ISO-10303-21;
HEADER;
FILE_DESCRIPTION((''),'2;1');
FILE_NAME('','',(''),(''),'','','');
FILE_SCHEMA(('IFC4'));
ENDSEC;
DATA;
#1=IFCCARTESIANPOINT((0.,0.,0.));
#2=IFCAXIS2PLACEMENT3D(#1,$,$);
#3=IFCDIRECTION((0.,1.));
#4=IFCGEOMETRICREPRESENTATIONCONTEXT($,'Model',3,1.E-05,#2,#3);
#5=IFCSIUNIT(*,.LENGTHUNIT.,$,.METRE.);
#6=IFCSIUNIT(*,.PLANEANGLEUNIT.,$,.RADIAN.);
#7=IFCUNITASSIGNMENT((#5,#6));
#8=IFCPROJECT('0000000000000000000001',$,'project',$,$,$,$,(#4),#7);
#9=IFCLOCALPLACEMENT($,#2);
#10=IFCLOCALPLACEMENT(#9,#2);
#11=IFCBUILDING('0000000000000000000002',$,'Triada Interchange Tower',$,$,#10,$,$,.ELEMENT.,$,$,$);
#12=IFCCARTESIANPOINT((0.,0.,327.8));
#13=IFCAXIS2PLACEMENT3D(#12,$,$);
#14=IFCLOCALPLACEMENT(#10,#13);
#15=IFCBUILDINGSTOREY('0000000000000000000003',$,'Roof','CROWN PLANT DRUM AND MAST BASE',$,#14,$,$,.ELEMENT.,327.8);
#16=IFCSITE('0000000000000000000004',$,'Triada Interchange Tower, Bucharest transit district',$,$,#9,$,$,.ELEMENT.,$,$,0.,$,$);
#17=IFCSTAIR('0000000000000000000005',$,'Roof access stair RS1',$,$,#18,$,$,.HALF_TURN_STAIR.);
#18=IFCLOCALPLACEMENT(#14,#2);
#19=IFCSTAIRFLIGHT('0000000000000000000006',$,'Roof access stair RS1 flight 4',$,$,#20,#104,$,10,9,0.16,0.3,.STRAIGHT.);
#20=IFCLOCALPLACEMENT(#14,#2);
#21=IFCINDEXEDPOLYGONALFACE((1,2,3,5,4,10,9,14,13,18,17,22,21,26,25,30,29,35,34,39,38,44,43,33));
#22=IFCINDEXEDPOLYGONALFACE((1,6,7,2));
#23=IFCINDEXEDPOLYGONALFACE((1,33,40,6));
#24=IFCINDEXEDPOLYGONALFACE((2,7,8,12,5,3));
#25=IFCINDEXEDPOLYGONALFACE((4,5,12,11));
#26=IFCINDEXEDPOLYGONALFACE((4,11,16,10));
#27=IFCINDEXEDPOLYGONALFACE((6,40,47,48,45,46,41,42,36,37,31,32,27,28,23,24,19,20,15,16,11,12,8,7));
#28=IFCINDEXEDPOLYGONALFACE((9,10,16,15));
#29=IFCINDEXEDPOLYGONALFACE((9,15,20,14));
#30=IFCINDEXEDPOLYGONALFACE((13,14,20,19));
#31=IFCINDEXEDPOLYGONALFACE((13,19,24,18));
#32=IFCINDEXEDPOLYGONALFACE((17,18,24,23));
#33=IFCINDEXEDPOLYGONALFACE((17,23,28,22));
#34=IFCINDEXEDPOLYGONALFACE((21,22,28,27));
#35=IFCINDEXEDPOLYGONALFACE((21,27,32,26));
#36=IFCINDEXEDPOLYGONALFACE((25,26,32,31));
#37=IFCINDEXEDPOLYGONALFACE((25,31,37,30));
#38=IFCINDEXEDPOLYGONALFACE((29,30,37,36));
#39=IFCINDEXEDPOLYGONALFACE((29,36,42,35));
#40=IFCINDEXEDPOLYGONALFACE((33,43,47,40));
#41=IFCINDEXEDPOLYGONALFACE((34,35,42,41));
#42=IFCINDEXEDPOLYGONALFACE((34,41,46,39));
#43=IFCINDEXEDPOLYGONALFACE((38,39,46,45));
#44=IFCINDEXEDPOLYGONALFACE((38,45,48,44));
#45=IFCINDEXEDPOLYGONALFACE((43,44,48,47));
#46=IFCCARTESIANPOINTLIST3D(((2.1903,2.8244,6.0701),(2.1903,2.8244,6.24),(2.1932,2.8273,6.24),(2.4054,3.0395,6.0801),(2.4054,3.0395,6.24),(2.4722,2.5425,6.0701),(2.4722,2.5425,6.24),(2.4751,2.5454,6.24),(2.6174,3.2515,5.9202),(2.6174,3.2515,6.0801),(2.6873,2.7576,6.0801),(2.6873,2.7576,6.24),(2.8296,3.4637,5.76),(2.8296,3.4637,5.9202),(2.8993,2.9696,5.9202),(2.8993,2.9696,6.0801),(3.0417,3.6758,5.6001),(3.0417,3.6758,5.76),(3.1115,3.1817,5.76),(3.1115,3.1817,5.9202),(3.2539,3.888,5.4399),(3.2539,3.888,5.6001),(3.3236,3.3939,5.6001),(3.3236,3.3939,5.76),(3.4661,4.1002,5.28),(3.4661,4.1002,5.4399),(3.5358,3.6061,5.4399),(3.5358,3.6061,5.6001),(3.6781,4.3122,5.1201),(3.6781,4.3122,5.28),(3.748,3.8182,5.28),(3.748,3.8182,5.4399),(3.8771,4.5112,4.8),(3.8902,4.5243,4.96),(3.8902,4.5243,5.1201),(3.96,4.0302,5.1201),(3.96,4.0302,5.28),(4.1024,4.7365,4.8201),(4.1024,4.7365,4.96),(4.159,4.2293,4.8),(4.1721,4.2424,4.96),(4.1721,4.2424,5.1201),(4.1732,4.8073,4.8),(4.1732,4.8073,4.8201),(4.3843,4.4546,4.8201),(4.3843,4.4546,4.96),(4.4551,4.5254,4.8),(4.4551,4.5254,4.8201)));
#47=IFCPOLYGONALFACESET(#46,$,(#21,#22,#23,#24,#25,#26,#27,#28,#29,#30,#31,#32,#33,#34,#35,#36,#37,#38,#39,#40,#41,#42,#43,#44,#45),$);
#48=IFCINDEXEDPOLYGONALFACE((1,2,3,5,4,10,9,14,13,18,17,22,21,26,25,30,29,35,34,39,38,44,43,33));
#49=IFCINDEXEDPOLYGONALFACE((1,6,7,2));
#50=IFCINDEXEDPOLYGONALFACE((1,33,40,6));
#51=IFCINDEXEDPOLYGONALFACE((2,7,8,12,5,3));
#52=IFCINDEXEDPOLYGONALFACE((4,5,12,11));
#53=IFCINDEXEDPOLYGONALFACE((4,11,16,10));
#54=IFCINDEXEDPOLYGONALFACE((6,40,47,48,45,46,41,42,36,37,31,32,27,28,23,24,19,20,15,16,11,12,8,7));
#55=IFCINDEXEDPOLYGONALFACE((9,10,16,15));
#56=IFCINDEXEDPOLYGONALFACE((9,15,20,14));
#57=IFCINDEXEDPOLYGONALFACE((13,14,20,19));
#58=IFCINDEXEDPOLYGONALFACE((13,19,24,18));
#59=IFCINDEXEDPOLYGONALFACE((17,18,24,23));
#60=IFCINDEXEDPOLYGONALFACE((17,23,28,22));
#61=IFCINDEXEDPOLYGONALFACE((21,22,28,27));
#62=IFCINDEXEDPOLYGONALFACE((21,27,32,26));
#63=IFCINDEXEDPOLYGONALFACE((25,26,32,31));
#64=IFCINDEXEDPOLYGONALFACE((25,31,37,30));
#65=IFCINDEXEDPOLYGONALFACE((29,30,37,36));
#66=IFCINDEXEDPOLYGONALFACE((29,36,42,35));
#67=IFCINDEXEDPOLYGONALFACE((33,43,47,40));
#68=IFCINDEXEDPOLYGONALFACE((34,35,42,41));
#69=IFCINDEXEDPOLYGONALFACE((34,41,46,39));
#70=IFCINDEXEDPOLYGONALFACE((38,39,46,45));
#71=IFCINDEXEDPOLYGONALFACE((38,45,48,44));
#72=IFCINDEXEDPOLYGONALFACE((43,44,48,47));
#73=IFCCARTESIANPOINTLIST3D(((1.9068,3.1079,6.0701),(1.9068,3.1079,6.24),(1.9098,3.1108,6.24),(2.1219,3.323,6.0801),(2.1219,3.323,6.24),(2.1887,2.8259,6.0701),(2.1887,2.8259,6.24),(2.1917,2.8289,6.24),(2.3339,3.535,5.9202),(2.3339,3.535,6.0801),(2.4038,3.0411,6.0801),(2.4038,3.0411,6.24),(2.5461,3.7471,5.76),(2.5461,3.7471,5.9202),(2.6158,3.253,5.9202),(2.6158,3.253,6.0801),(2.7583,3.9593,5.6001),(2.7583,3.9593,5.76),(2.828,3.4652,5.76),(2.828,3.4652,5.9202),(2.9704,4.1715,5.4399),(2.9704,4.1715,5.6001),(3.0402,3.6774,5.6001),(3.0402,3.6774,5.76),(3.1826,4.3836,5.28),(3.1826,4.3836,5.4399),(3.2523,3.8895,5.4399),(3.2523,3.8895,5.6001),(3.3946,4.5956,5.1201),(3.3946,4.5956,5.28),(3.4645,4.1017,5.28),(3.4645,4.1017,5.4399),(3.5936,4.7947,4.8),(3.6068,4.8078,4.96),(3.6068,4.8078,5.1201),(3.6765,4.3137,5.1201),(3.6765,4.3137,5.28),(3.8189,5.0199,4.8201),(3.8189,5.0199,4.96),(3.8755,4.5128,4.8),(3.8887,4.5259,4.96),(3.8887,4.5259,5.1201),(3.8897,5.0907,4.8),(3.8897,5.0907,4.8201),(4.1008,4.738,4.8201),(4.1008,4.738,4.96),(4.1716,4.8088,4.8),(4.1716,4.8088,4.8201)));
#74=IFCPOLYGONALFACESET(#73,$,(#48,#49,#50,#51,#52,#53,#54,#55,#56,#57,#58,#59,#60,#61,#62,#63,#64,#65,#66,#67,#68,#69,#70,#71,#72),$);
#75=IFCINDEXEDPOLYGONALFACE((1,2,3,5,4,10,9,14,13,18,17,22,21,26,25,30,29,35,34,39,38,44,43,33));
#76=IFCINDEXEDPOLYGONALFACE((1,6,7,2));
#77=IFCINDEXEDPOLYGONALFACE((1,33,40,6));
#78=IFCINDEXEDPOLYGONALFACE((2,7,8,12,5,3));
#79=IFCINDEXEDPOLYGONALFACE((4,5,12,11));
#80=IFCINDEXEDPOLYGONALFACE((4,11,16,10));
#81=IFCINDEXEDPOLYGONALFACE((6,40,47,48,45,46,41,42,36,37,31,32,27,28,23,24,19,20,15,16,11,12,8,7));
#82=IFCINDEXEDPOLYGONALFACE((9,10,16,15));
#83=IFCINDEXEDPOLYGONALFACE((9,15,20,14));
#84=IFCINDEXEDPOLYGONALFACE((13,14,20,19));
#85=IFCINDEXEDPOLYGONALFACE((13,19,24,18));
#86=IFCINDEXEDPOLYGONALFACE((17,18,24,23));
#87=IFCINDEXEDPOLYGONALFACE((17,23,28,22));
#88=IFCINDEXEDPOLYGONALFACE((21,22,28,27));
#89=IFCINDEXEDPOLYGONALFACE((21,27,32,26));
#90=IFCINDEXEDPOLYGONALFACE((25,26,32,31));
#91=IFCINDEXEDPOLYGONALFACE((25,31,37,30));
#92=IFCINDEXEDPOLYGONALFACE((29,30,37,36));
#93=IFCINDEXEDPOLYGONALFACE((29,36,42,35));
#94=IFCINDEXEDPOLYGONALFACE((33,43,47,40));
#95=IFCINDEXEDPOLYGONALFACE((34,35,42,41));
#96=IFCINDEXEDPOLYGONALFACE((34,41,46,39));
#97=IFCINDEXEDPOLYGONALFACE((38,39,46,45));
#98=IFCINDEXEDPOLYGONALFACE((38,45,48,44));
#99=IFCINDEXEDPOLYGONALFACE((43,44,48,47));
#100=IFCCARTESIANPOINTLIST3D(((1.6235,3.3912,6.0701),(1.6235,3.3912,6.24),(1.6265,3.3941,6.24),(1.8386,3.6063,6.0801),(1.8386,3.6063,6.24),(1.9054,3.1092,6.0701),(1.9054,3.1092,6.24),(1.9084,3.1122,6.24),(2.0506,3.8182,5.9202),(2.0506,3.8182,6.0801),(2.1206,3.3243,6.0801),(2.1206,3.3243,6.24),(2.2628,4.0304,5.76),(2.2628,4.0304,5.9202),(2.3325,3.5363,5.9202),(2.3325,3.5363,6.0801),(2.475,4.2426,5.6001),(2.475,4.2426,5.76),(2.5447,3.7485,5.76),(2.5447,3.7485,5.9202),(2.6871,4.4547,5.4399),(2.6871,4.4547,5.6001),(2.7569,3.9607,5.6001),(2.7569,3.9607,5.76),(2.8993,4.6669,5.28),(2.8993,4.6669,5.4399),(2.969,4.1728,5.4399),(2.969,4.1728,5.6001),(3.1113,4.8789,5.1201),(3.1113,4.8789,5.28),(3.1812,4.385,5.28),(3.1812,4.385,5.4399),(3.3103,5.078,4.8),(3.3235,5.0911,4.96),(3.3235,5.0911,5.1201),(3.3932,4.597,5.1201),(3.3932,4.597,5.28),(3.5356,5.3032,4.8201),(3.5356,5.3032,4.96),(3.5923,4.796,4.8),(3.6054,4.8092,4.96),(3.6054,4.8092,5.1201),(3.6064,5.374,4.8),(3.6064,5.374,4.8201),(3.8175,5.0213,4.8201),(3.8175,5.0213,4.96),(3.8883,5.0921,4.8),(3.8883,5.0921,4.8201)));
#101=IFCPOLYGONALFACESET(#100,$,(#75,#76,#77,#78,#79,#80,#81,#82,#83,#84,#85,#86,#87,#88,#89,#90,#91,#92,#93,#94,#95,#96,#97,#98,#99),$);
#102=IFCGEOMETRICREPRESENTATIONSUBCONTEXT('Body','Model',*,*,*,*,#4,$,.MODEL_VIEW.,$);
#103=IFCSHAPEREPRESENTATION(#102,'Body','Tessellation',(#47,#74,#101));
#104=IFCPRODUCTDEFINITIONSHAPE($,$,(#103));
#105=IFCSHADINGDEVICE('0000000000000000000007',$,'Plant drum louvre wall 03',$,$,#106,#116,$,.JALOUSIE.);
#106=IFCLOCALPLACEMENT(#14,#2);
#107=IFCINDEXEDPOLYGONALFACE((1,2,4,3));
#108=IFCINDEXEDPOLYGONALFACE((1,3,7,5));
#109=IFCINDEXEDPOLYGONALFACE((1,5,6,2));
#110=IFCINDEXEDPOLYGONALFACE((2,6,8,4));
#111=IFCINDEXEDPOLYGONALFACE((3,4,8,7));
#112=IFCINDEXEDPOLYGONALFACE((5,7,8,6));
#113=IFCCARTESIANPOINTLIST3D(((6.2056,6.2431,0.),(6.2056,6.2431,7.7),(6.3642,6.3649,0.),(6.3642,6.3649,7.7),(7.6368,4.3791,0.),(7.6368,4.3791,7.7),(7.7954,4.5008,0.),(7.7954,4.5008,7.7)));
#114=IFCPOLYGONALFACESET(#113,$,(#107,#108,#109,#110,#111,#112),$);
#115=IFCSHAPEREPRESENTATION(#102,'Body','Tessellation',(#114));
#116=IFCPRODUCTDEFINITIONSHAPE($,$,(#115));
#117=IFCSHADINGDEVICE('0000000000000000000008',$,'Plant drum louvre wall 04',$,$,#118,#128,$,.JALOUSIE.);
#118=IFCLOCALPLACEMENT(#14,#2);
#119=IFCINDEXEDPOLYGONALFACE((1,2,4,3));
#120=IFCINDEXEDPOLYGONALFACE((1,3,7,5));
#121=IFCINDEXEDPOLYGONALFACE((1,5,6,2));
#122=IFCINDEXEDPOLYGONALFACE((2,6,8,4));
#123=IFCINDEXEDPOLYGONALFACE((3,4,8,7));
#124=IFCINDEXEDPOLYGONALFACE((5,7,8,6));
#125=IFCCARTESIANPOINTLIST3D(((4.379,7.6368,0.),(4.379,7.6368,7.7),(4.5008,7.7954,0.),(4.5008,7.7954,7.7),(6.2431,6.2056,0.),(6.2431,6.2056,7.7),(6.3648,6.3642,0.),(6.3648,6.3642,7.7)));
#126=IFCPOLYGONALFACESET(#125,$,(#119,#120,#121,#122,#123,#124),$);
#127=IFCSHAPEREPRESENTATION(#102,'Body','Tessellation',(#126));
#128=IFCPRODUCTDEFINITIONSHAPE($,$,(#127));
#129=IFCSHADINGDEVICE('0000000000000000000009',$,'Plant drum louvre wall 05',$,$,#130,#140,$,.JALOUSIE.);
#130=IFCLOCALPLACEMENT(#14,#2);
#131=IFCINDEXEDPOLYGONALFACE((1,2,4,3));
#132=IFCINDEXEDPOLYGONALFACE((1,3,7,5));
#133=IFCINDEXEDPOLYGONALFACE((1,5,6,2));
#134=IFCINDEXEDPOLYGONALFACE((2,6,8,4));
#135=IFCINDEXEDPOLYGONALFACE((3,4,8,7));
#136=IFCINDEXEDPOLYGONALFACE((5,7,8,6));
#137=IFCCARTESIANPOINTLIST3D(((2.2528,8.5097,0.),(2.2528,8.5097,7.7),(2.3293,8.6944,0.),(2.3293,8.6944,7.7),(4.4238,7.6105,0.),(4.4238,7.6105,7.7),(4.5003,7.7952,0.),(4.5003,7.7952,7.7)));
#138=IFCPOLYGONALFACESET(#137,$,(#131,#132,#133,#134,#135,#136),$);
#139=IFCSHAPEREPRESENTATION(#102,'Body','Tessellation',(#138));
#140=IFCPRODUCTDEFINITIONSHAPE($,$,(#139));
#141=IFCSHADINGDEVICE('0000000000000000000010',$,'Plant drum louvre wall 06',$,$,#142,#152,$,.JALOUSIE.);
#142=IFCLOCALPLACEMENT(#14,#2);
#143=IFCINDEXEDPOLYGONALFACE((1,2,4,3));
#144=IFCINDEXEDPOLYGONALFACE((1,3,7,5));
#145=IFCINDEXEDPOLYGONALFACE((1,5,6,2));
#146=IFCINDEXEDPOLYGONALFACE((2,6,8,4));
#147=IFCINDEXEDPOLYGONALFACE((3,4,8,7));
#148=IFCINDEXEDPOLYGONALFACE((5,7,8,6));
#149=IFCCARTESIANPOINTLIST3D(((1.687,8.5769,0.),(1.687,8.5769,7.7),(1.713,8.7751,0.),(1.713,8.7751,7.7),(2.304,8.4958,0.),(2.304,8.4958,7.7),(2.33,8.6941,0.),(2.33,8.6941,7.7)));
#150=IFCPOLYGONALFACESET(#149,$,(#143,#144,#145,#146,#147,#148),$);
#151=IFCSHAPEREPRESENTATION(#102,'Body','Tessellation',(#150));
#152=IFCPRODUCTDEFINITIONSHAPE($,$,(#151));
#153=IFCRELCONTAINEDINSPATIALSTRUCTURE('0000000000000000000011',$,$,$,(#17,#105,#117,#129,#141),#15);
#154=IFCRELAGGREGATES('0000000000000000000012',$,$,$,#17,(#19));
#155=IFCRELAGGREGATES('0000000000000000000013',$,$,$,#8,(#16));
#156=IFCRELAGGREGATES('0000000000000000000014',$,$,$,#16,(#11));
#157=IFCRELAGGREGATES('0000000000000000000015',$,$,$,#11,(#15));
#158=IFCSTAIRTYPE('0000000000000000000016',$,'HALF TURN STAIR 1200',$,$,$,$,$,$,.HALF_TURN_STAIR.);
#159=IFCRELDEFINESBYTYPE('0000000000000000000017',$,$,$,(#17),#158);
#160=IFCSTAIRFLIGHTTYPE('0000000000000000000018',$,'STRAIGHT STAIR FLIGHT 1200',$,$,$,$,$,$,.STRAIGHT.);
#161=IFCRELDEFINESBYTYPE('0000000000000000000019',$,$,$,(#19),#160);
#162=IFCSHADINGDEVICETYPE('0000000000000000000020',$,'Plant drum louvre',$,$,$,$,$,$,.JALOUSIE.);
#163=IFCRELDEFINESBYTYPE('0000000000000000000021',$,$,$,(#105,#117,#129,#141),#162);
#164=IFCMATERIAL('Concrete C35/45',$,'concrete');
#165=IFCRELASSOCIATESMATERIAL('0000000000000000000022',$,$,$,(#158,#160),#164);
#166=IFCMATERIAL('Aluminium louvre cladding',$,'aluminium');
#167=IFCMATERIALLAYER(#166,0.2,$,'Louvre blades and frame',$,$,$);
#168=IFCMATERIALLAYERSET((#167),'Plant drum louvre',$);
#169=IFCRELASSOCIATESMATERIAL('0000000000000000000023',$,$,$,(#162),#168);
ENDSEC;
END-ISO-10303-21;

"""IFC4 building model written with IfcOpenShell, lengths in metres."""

from ifc_helpers import new_model, si_unit, direction, frame, frame_2d, origin, place, context, subcontext, project, spatial, polyline, rectangle, outline, extrude, material, layer, layer_set, type_object, element, aggregate, save


model = new_model("IFC4")

# Units and contexts
model_context = context("Model", 3, precision=1e-05, world=origin(), true_north=direction((0.0, 1.0)))
body_context = subcontext(model_context, "Body", "Model", "MODEL_VIEW")
ifc_project = project(units=[si_unit("LENGTHUNIT", "METRE"), si_unit("PLANEANGLEUNIT", "RADIAN")], contexts=[model_context])

# Site, building, storey
site_placement = place(None, origin())
site = spatial("IfcSite", under=ifc_project, at=site_placement, Name="Triada Interchange Tower, Bucharest transit district", CompositionType="ELEMENT", RefElevation=0.0)
building_placement = place(site_placement, origin())
building = spatial("IfcBuilding", under=site, at=building_placement, Name="Triada Interchange Tower", CompositionType="ELEMENT")
storey_placement = place(building_placement, frame((0.0, 0.0, 327.8)))
storey = spatial("IfcBuildingStorey", under=building, at=storey_placement, Name="Roof", Description="CROWN PLANT DRUM AND MAST BASE", CompositionType="ELEMENT", Elevation=327.8)

# Stair, stair flight
ifc_material_1 = material(Name="Concrete C35/45", Category="concrete")
stair_type = type_object("IfcStairType", Name="HALF TURN STAIR 1200", PredefinedType="HALF_TURN_STAIR", material=ifc_material_1)
stair_placement = place(storey_placement, origin())
stair = element("IfcStair", 1, at=stair_placement, inside=storey, type_object=stair_type, Name="Roof access stair RS1", PredefinedType="HALF_TURN_STAIR")
stair_flight_type = type_object("IfcStairFlightType", Name="STRAIGHT STAIR FLIGHT 1200", PredefinedType="STRAIGHT", material=ifc_material_1)
stair_flight_1_placement = place(storey_placement, frame((3.96, 4.8789, 4.8), z_axis=(0.0, 0.0, 1.0), x_axis=(-0.707107, -0.707107, 0.0)))
stair_flight_1 = element("IfcStairFlight", 2, at=stair_flight_1_placement, type_object=stair_flight_type, Name="Roof access stair RS1 flight 4", NumberOfRisers=10, NumberOfTreads=9, PredefinedType="STRAIGHT", RiserHeight=0.16, TreadLength=0.3, context=body_context, shape_type="SweptSolid", body=[
    extrude(outline(polyline([(-0.1001, 0.0), (-0.1001, 0.02), (0.0, 0.02), (0.0, 0.1599), (0.3, 0.1599), (0.3, 0.3201), (0.6001, 0.3201), (0.6001, 0.48), (0.8999, 0.48), (0.8999, 0.6399), (1.2, 0.6399), (1.2, 0.8), (1.5, 0.8), (1.5, 0.96), (1.8, 0.96), (1.8, 1.1201), (2.1001, 1.1201), (2.1001, 1.28), (2.3999, 1.28), (2.3999, 1.4399), (2.7, 1.4399), (2.7041, 1.4399), (2.7041, 1.6001), (2.7041, 1.27), (0.3186, 0.0), (-0.1001, 0.0)])), frame((0.0, 0.6001, 0.0), z_axis=(0.0, -1.0, 0.0), x_axis=(1.0, 0.0, 0.0)), (0.0, 0.0, 1.0), 0.3987),
    extrude(outline(polyline([(-0.1001, 0.0), (-0.1001, 0.02), (0.0, 0.02), (0.0, 0.1599), (0.3, 0.1599), (0.3, 0.3201), (0.6001, 0.3201), (0.6001, 0.48), (0.8999, 0.48), (0.8999, 0.6399), (1.2, 0.6399), (1.2, 0.8), (1.5, 0.8), (1.5, 0.96), (1.8, 0.96), (1.8, 1.1201), (2.1001, 1.1201), (2.1001, 1.28), (2.3999, 1.28), (2.3999, 1.4399), (2.7, 1.4399), (2.7041, 1.4399), (2.7041, 1.6001), (2.7041, 1.27), (0.3186, 0.0), (-0.1001, 0.0)])), frame((0.0, 0.1992, 0.0), z_axis=(0.0, -1.0, 0.0), x_axis=(1.0, 0.0, 0.0)), (0.0, 0.0, 1.0), 0.3987),
    extrude(outline(polyline([(-0.1001, 0.0), (-0.1001, 0.02), (0.0, 0.02), (0.0, 0.1599), (0.3, 0.1599), (0.3, 0.3201), (0.6001, 0.3201), (0.6001, 0.48), (0.8999, 0.48), (0.8999, 0.6399), (1.2, 0.6399), (1.2, 0.8), (1.5, 0.8), (1.5, 0.96), (1.8, 0.96), (1.8, 1.1201), (2.1001, 1.1201), (2.1001, 1.28), (2.3999, 1.28), (2.3999, 1.4399), (2.7, 1.4399), (2.7041, 1.4399), (2.7041, 1.6001), (2.7041, 1.27), (0.3186, 0.0), (-0.1001, 0.0)])), frame((0.0, -0.2014, 0.0), z_axis=(0.0, -1.0, 0.0), x_axis=(1.0, 0.0, 0.0)), (0.0, 0.0, 1.0), 0.3987),
])

# Shading devices
ifc_material_2 = material(Name="Aluminium louvre cladding", Category="aluminium")
ifc_layer_1 = layer(ifc_material_2, 0.2, Name="Louvre blades and frame")
ifc_layer_set_1 = layer_set([ifc_layer_1], Name="Plant drum louvre")
shading_device_type = type_object("IfcShadingDeviceType", Name="Plant drum louvre", PredefinedType="JALOUSIE", material=ifc_layer_set_1)
for number, where, z_axis, x_axis, name in (
    (3, (7.7161, 4.4399, 0.0), (0.0, 0.0, 1.0), (-0.608988, 0.79318, 0.0), "Plant drum louvre wall 03"),
    (4, (6.304, 6.2849, 0.0), (0.0, 0.0, 1.0), (-0.79318, 0.608988, 0.0), "Plant drum louvre wall 04"),
):
    element("IfcShadingDevice", number, at=place(storey_placement, frame(where, z_axis=z_axis, x_axis=x_axis)), inside=storey, type_object=shading_device_type, Name=name, PredefinedType="JALOUSIE", context=body_context, shape_type="SweptSolid", body=[
        extrude(rectangle(XDim=2.3501, YDim=0.2, at=frame_2d((1.175, 0.0))), origin(), (0.0, 0.0, 1.0), 7.7),
    ])
shading_device_1_placement = place(storey_placement, frame((4.4619, 7.7029, 0.0), z_axis=(0.0, 0.0, 1.0), x_axis=(-0.923886, 0.382667, 0.0)))
element("IfcShadingDevice", 5, at=shading_device_1_placement, inside=storey, type_object=shading_device_type, Name="Plant drum louvre wall 05", PredefinedType="JALOUSIE", context=body_context, shape_type="SweptSolid", body=[
    extrude(rectangle(XDim=2.3499, YDim=0.2, at=frame_2d((1.1748, 0.0))), origin(), (0.0, 0.0, 1.0), 7.7),
])
shading_device_2_placement = place(storey_placement, frame((2.3169, 8.595, 0.0), z_axis=(0.0, 0.0, 1.0), x_axis=(-0.99148, 0.130262, 0.0)))
element("IfcShadingDevice", 6, at=shading_device_2_placement, inside=storey, type_object=shading_device_type, Name="Plant drum louvre wall 06", PredefinedType="JALOUSIE", context=body_context, shape_type="SweptSolid", body=[
    extrude(rectangle(XDim=0.6223, YDim=0.2, at=frame_2d((0.311, 0.0))), origin(), (0.0, 0.0, 1.0), 7.7),
])

aggregate(stair, [stair_flight_1])

save(model, "model.ifc")
